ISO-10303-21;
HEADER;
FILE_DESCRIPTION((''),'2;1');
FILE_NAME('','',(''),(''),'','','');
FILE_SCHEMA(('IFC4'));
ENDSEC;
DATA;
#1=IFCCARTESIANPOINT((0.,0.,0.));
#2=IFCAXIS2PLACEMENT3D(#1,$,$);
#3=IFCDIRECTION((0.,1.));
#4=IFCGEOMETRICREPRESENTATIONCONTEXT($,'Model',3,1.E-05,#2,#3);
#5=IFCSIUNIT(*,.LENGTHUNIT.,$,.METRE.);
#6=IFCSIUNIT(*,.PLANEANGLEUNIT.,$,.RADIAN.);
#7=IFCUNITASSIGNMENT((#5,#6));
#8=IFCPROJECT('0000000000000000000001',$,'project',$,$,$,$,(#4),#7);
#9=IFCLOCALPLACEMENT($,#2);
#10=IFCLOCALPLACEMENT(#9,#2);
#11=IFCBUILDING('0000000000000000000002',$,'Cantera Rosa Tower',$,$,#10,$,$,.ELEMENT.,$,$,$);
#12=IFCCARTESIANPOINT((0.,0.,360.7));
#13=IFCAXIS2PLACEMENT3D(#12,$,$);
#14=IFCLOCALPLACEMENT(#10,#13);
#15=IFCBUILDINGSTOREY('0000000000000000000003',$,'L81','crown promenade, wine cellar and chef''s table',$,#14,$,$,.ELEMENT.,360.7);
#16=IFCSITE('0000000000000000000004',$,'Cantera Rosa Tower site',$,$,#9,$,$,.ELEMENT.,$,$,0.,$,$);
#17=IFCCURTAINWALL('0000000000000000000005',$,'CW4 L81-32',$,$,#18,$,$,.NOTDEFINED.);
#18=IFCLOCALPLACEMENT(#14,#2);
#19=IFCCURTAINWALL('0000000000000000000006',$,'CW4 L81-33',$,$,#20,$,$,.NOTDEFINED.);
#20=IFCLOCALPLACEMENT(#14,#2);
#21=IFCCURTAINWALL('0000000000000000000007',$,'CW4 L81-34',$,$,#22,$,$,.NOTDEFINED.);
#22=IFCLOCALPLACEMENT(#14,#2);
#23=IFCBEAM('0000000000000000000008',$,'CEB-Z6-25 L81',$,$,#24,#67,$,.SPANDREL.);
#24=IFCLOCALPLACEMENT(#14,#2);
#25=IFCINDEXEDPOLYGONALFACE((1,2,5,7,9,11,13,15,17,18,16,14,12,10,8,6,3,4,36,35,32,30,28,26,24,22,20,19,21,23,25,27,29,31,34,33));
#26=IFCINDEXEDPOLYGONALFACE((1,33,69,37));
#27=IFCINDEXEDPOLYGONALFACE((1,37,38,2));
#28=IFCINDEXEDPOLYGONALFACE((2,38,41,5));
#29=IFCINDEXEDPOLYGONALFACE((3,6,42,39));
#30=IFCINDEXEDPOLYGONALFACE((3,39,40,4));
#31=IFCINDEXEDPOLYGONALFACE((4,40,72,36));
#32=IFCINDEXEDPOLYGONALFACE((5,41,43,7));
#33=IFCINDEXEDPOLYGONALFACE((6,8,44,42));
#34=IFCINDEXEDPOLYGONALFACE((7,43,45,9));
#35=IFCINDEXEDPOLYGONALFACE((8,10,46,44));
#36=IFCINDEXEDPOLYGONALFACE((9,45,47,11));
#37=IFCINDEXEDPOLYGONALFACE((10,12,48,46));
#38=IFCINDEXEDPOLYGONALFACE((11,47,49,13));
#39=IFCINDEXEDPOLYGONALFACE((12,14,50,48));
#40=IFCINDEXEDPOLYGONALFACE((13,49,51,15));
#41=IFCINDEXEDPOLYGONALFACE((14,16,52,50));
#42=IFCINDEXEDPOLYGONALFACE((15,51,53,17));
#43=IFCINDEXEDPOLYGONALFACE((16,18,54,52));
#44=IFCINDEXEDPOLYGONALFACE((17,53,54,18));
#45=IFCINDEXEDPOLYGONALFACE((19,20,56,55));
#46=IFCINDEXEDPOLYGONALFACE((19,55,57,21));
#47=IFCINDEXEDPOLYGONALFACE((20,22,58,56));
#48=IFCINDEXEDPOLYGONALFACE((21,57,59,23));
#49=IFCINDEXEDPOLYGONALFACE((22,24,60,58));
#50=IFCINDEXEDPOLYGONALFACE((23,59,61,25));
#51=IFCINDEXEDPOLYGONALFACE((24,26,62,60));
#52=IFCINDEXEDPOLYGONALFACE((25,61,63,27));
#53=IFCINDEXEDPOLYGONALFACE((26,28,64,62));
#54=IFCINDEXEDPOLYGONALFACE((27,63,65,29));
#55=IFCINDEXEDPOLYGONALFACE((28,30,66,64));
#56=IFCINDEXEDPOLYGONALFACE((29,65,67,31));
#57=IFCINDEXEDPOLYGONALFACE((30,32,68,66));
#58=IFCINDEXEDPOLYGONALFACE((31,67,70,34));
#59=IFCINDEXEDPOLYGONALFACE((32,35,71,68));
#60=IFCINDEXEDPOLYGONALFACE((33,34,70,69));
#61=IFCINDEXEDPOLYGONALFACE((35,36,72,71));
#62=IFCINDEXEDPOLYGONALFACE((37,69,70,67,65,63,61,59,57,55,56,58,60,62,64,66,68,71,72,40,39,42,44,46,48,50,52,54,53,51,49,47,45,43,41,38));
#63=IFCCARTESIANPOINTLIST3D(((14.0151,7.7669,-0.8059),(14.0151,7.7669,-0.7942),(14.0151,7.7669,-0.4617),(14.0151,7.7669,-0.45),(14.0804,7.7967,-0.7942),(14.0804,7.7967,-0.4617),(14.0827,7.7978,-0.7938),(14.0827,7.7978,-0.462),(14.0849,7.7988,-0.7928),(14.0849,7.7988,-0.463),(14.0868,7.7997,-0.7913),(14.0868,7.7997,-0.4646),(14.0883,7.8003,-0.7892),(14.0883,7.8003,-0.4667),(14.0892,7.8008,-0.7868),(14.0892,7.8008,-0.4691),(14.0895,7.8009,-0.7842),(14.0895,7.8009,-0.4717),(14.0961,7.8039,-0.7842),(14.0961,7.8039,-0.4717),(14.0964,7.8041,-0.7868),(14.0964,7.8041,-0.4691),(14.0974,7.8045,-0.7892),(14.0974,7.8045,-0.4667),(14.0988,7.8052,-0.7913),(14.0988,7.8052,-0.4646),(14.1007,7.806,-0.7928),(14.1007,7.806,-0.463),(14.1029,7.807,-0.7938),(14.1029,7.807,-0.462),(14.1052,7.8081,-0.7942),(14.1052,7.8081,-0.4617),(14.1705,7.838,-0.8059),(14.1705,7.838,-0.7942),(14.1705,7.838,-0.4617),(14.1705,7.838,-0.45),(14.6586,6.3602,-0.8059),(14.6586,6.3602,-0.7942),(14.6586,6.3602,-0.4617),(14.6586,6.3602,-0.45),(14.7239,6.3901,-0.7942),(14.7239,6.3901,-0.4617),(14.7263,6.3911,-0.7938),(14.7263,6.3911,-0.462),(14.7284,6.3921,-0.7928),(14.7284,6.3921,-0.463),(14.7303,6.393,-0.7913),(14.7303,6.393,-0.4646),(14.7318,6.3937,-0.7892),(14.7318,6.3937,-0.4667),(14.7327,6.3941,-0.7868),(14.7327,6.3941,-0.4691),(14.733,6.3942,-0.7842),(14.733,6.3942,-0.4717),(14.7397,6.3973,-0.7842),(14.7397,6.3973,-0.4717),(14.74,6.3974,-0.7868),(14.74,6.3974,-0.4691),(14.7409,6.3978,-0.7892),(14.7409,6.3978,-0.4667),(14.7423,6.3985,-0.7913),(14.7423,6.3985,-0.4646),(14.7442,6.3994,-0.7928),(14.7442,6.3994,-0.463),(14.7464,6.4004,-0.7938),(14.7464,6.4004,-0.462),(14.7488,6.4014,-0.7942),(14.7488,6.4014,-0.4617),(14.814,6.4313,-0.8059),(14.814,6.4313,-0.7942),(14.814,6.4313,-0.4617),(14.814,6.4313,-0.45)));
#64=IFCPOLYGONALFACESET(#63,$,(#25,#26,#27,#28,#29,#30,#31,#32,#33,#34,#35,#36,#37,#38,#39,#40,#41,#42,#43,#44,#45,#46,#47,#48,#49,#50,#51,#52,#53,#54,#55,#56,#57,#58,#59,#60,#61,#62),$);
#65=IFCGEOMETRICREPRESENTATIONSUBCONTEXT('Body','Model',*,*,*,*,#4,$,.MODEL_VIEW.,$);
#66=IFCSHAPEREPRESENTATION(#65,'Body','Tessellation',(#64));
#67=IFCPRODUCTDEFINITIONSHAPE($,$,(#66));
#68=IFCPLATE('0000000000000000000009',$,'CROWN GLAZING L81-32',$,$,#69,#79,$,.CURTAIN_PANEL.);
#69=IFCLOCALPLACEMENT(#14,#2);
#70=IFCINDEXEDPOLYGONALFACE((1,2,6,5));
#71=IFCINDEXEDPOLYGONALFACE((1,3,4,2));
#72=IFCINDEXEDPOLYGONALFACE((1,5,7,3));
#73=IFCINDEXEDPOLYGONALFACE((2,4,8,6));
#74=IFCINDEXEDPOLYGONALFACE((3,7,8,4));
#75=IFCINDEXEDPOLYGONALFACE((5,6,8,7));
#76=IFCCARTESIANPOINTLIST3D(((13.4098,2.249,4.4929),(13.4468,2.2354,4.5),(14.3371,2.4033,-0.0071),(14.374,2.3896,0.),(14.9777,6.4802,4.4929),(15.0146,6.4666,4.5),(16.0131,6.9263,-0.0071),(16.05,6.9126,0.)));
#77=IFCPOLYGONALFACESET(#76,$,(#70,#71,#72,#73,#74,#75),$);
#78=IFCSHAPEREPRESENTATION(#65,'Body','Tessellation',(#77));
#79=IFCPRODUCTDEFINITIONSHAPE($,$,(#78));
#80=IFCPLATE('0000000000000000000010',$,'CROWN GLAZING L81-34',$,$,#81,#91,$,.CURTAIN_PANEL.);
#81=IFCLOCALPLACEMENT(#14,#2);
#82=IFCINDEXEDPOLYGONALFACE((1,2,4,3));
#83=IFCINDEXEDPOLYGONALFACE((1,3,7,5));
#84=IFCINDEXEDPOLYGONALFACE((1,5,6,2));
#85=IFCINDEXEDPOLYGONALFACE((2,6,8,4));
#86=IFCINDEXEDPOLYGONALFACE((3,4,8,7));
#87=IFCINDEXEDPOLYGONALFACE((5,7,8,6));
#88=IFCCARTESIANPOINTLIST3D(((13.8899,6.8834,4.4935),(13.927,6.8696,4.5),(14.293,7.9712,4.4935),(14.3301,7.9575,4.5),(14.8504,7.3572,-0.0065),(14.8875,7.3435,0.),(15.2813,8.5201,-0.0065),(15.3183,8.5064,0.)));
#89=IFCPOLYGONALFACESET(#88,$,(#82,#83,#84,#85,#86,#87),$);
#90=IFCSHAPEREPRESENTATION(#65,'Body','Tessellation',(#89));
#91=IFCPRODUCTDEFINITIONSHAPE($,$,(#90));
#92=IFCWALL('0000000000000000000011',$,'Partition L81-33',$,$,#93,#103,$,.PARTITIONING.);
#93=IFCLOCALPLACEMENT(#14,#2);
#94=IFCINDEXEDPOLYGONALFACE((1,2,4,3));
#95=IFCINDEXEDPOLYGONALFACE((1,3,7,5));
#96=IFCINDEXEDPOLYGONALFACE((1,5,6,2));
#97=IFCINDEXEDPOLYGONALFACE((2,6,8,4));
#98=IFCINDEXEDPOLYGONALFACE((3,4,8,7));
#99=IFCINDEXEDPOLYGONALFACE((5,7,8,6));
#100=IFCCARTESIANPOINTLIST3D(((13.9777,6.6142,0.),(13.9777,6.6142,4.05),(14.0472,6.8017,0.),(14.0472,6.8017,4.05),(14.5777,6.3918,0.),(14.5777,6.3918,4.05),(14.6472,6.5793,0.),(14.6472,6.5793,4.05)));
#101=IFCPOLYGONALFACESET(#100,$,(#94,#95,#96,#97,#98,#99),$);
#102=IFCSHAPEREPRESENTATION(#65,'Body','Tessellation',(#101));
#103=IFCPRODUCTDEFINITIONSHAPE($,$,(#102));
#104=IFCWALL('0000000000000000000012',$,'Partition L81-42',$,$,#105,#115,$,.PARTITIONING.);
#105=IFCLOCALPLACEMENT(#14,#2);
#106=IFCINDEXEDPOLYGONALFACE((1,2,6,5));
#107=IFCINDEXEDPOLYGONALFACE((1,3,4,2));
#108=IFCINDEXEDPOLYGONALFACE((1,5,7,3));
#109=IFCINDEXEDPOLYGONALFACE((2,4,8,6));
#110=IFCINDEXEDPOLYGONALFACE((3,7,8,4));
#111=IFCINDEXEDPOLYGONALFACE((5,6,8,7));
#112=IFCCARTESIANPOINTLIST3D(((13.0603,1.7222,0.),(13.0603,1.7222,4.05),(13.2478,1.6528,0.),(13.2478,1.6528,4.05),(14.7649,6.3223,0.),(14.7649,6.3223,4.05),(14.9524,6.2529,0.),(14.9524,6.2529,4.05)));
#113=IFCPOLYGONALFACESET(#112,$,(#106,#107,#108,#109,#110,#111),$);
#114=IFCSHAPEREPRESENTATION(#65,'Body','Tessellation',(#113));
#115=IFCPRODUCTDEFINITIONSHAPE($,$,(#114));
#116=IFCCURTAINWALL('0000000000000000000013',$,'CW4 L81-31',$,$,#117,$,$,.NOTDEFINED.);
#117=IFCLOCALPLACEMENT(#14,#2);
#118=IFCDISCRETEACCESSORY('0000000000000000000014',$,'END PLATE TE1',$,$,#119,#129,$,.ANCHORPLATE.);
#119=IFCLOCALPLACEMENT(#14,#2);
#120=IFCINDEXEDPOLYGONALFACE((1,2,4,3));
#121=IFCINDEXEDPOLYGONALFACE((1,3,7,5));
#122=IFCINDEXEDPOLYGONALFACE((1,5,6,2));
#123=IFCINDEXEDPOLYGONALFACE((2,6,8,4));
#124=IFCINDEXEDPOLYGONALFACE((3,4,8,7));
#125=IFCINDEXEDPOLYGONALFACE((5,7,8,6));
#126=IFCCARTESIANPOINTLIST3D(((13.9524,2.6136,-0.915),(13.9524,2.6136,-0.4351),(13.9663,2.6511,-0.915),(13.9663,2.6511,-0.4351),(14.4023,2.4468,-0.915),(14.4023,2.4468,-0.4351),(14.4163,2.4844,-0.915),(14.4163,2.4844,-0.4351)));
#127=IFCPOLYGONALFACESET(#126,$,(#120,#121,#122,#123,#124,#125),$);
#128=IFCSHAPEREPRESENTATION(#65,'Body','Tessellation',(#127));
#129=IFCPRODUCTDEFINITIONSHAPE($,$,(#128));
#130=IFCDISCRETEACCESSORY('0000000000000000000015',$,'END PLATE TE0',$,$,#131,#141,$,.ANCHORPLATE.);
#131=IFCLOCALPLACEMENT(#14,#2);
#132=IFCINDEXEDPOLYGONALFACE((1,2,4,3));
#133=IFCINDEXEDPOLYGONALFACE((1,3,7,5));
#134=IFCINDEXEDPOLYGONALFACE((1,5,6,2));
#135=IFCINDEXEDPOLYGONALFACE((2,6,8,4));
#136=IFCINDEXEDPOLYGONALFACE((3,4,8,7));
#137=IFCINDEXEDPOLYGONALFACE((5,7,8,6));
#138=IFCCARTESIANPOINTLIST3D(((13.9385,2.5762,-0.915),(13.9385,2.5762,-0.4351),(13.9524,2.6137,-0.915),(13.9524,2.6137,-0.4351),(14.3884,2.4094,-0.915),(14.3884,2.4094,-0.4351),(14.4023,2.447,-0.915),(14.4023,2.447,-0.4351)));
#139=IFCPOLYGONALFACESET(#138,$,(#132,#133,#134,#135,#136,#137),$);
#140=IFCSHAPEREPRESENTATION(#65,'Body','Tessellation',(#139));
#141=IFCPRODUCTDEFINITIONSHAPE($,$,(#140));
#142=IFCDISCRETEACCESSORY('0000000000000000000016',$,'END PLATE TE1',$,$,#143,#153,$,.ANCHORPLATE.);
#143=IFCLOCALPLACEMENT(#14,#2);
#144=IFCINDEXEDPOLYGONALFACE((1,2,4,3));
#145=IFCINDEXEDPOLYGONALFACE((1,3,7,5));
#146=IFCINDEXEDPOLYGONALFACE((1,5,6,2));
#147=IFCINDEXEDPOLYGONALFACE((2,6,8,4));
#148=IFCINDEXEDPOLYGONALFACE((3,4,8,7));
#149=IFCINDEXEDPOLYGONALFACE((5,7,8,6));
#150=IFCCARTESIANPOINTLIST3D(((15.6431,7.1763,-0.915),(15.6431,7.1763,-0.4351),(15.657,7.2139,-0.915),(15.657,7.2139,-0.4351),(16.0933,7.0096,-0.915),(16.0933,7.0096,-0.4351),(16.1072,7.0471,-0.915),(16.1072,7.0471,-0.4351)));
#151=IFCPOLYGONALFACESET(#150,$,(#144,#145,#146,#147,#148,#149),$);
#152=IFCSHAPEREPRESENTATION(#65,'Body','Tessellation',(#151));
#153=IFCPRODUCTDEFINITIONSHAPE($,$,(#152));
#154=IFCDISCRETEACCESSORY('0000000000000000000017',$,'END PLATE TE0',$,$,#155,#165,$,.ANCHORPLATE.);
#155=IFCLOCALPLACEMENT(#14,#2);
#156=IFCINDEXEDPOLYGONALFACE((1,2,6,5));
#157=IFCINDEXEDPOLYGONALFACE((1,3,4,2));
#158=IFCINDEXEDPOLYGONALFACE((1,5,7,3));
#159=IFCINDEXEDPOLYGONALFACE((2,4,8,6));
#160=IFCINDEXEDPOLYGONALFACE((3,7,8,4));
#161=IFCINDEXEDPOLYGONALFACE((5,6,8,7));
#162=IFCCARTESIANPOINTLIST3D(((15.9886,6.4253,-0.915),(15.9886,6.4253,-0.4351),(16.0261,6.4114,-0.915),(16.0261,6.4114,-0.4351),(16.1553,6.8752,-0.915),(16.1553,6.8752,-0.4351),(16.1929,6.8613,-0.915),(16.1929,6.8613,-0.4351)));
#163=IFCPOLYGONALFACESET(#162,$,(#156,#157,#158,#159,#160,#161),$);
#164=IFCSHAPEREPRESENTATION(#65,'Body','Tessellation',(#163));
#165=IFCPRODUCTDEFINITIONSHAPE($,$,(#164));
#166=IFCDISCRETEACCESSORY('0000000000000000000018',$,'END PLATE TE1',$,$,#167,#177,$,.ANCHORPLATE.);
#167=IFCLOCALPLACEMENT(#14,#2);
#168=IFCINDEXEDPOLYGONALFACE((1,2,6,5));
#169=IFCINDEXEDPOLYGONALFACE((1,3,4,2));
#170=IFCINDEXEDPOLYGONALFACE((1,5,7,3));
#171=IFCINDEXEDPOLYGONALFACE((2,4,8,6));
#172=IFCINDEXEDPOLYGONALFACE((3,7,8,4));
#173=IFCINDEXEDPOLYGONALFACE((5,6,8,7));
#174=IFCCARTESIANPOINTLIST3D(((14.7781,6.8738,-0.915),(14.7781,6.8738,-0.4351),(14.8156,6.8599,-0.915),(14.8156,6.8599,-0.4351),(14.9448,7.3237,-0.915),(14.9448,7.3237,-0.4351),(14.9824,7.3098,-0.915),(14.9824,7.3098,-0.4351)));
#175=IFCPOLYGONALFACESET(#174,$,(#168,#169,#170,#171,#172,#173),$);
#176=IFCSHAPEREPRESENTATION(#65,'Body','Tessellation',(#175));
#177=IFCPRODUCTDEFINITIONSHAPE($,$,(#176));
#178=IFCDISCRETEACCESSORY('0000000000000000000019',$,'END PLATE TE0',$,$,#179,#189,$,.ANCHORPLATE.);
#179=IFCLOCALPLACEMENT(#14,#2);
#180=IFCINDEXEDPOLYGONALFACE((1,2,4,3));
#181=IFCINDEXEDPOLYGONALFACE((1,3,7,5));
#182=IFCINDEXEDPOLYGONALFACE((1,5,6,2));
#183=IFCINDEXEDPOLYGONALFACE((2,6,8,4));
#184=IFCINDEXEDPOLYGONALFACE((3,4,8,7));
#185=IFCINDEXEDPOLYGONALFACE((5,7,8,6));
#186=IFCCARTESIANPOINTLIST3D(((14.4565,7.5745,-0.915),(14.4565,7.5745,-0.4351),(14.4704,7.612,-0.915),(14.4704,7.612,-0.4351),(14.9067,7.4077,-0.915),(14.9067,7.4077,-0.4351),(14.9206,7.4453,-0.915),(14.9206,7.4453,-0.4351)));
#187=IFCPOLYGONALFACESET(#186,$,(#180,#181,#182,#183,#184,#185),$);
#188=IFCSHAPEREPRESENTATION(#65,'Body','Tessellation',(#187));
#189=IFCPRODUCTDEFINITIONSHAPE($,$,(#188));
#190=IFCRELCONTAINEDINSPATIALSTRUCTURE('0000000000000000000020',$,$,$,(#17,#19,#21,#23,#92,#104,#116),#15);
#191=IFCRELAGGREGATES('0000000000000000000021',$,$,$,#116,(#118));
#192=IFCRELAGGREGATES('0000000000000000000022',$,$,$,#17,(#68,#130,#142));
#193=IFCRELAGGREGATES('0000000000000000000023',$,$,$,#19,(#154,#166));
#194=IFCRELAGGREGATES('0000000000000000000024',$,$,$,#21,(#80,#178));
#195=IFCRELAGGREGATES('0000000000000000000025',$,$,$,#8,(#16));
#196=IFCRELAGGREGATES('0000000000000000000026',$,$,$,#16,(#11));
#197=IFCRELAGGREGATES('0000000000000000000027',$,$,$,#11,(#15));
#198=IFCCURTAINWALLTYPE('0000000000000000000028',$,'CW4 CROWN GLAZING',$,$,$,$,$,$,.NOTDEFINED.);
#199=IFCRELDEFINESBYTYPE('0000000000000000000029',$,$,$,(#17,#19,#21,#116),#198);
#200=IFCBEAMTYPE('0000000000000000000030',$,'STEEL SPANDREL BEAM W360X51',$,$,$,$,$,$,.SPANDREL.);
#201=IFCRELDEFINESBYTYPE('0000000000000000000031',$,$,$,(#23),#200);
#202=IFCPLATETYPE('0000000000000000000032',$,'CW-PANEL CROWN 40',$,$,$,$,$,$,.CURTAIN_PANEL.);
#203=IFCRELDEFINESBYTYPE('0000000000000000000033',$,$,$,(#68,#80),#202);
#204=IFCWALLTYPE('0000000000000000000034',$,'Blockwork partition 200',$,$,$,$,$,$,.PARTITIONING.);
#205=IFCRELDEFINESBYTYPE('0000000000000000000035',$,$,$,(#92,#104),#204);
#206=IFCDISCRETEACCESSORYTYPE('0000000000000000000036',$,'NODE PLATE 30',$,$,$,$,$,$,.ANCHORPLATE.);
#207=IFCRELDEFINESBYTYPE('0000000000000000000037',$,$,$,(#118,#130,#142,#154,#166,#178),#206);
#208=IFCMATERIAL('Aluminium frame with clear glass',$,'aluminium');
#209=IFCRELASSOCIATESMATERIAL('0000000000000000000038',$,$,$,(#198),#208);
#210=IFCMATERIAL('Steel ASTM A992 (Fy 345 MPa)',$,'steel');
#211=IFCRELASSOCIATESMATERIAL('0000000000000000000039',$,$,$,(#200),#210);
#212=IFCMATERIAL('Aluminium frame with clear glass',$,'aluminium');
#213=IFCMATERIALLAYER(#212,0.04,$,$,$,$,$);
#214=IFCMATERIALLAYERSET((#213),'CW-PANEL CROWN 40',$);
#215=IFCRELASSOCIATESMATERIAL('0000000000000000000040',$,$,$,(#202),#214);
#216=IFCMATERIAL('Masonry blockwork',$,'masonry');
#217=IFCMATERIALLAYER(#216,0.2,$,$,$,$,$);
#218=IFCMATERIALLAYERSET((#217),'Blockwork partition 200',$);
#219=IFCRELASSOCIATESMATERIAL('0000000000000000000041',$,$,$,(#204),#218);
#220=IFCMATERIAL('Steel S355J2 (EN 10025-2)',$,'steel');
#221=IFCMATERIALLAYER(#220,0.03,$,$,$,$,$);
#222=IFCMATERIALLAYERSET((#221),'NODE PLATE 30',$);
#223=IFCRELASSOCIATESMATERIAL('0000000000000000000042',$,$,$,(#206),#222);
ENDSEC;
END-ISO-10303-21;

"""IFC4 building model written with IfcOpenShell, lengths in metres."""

from ifc_helpers import new_model, si_unit, direction, frame, frame_2d, origin, origin_2d, place, context, subcontext, project, spatial, polyline, rectangle, i_section, outline, extrude, material, layer, layer_set, material_profile, profile_set, type_object, element, aggregate, save


model = new_model("IFC4")

# Units and contexts
model_context = context("Model", 3, precision=1e-05, world=origin(), true_north=direction((0.0, 1.0)))
body_context = subcontext(model_context, "Body", "Model", "MODEL_VIEW")
ifc_project = project(units=[si_unit("LENGTHUNIT", "METRE"), si_unit("PLANEANGLEUNIT", "RADIAN")], contexts=[model_context])

# Site, building, storey
site_placement = place(None, origin())
site = spatial("IfcSite", under=ifc_project, at=site_placement, Name="Cantera Rosa Tower site", CompositionType="ELEMENT", RefElevation=0.0)
building_placement = place(site_placement, origin())
building = spatial("IfcBuilding", under=site, at=building_placement, Name="Cantera Rosa Tower", CompositionType="ELEMENT")
storey_placement = place(building_placement, frame((0.0, 0.0, 360.7)))
storey = spatial("IfcBuildingStorey", under=building, at=storey_placement, Name="L81", Description="crown promenade, wine cellar and chef's table", CompositionType="ELEMENT", Elevation=360.7)

# Curtain walls
ifc_material_1 = material(Name="Aluminium frame with clear glass", Category="aluminium")
curtain_wall_type = type_object("IfcCurtainWallType", Name="CW4 CROWN GLAZING", PredefinedType="NOTDEFINED", material=ifc_material_1)
curtain_wall_1_placement = place(storey_placement, origin())
curtain_wall_1 = element("IfcCurtainWall", 1, at=curtain_wall_1_placement, inside=storey, type_object=curtain_wall_type, Name="CW4 L81-32", PredefinedType="NOTDEFINED")
curtain_wall_2_placement = place(storey_placement, origin())
curtain_wall_2 = element("IfcCurtainWall", 2, at=curtain_wall_2_placement, inside=storey, type_object=curtain_wall_type, Name="CW4 L81-33", PredefinedType="NOTDEFINED")
curtain_wall_3_placement = place(storey_placement, origin())
curtain_wall_3 = element("IfcCurtainWall", 3, at=curtain_wall_3_placement, inside=storey, type_object=curtain_wall_type, Name="CW4 L81-34", PredefinedType="NOTDEFINED")

# Beam
ifc_material_2 = material(Name="Steel ASTM A992 (Fy 345 MPa)", Category="steel")
ifc_material_profile_1 = material_profile(ifc_material_2, i_section(OverallWidth=0.1709, OverallDepth=0.356, WebThickness=0.0073, FlangeThickness=0.0117, FilletRadius=0.01, at=origin_2d()), Name="W360X51")
ifc_profile_set_1 = profile_set([ifc_material_profile_1], Name="Steel ASTM A992 (Fy 345 MPa)")
beam_type_1 = type_object("IfcBeamType", Name="STEEL SPANDREL BEAM W360X51", PredefinedType="SPANDREL", material=ifc_profile_set_1)
beam_1_placement = place(storey_placement, frame((14.7363, 6.3958, -0.6279), z_axis=(-0.416013, 0.909358, 0.0), x_axis=(-0.909358, -0.416013, 0.0)))
element("IfcBeam", 4, at=beam_1_placement, inside=storey, type_object=beam_type_1, Name="CEB-Z6-25 L81", PredefinedType="SPANDREL", context=body_context, shape_type="SweptSolid", body=[
    extrude(i_section(OverallWidth=0.1709, OverallDepth=0.356, WebThickness=0.0073, FlangeThickness=0.0117, FilletRadius=0.01, at=origin_2d()), origin(), (0.0, 0.0, 1.0), 1.5469),
])

# Plates
ifc_material_3 = material(Name="Aluminium frame with clear glass", Category="aluminium")
ifc_layer_1 = layer(ifc_material_3, 0.04)
ifc_layer_set_1 = layer_set([ifc_layer_1], Name="CW-PANEL CROWN 40")
plate_type = type_object("IfcPlateType", Name="CW-PANEL CROWN 40", PredefinedType="CURTAIN_PANEL", material=ifc_layer_set_1)
plate_1_placement = place(storey_placement, frame((14.374, 2.3896, 0.0), z_axis=(0.92265, -0.341893, 0.178398), x_axis=(0.347467, 0.937692, -0.000001)))
plate_1 = element("IfcPlate", 5, at=plate_1_placement, type_object=plate_type, Name="CROWN GLAZING L81-32", PredefinedType="CURTAIN_PANEL", context=body_context, shape_type="SweptSolid", body=[
    extrude(outline(polyline([(0.0, 0.0), (4.8235, 0.0), (4.0455, 4.5734), (-0.4669, 4.5734), (0.0, 0.0)])), origin(), (0.0, 0.0, -1.0), 0.04),
])
plate_2_placement = place(storey_placement, frame((14.8875, 7.3435, 0.0), z_axis=(0.925402, -0.342898, 0.161408), x_axis=(0.347454, 0.937697, -0.000004)))
plate_2 = element("IfcPlate", 6, at=plate_2_placement, type_object=plate_type, Name="CROWN GLAZING L81-34", PredefinedType="CURTAIN_PANEL", context=body_context, shape_type="SweptSolid", body=[
    extrude(outline(polyline([(0.0, 0.0), (1.2401, 0.0), (0.3821, 4.5598), (-0.7781, 4.5598), (0.0, 0.0)])), origin(), (0.0, 0.0, -1.0), 0.04),
])

# Walls
ifc_material_4 = material(Name="Masonry blockwork", Category="masonry")
ifc_layer_2 = layer(ifc_material_4, 0.2)
ifc_layer_set_2 = layer_set([ifc_layer_2], Name="Blockwork partition 200")
wall_type = type_object("IfcWallType", Name="Blockwork partition 200", PredefinedType="PARTITIONING", material=ifc_layer_set_2)
wall_1_placement = place(storey_placement, frame((14.6123, 6.4856, 0.0), z_axis=(0.0, 0.0, 1.0), x_axis=(-0.937671, 0.347526, 0.0)))
element("IfcWall", 7, at=wall_1_placement, inside=storey, type_object=wall_type, Name="Partition L81-33", PredefinedType="PARTITIONING", context=body_context, shape_type="SweptSolid", body=[
    extrude(rectangle(XDim=0.6399, YDim=0.2, at=frame_2d((0.3198, 0.0))), origin(), (0.0, 0.0, 1.0), 4.05),
])
wall_2_placement = place(storey_placement, frame((13.1541, 1.6875, 0.0), z_axis=(0.0, 0.0, 1.0), x_axis=(0.347467, 0.937692, 0.0)))
element("IfcWall", 8, at=wall_2_placement, inside=storey, type_object=wall_type, Name="Partition L81-42", PredefinedType="PARTITIONING", context=body_context, shape_type="SweptSolid", body=[
    extrude(rectangle(XDim=4.9058, YDim=0.2, at=frame_2d((2.4529, 0.0))), origin(), (0.0, 0.0, 1.0), 4.05),
])

# Curtain wall, discrete accessory
curtain_wall_4_placement = place(storey_placement, origin())
curtain_wall_4 = element("IfcCurtainWall", 9, at=curtain_wall_4_placement, inside=storey, type_object=curtain_wall_type, Name="CW4 L81-31", PredefinedType="NOTDEFINED")
ifc_material_5 = material(Name="Steel S355J2 (EN 10025-2)", Category="steel")
ifc_layer_3 = layer(ifc_material_5, 0.03)
ifc_layer_set_3 = layer_set([ifc_layer_3], Name="NODE PLATE 30")
discrete_accessory_type = type_object("IfcDiscreteAccessoryType", Name="NODE PLATE 30", PredefinedType="ANCHORPLATE", material=ifc_layer_set_3)
discrete_accessory_1_placement = place(storey_placement, frame((13.9663, 2.6511, -0.4351), z_axis=(0.347497, 0.937681, 0.0), x_axis=(0.937681, -0.347497, 0.0)))
discrete_accessory_1 = element("IfcDiscreteAccessory", 10, at=discrete_accessory_1_placement, type_object=discrete_accessory_type, Name="END PLATE TE1", PredefinedType="ANCHORPLATE", context=body_context, shape_type="SweptSolid", body=[
    extrude(outline(polyline([(0.0, 0.0), (0.4799, 0.0), (0.4799, 0.48), (0.0, 0.48), (0.0, 0.0)])), origin(), (0.0, 0.0, -1.0), 0.04),
])
aggregate(curtain_wall_4, [discrete_accessory_1])

# Discrete accessories
discrete_accessory_2_placement = place(storey_placement, frame((14.3884, 2.4094, -0.4351), z_axis=(-0.347497, -0.937681, 0.0), x_axis=(-0.937681, 0.347497, 0.0)))
discrete_accessory_2 = element("IfcDiscreteAccessory", 11, at=discrete_accessory_2_placement, type_object=discrete_accessory_type, Name="END PLATE TE0", PredefinedType="ANCHORPLATE", context=body_context, shape_type="SweptSolid", body=[
    extrude(outline(polyline([(0.0, 0.0), (0.4799, 0.0), (0.4799, 0.48), (0.0, 0.48), (0.0, 0.0)])), origin(), (0.0, 0.0, -1.0), 0.04),
])
discrete_accessory_3_placement = place(storey_placement, frame((15.657, 7.2139, -0.4351), z_axis=(0.347331, 0.937743, 0.0), x_axis=(0.937743, -0.347331, 0.0)))
discrete_accessory_3 = element("IfcDiscreteAccessory", 12, at=discrete_accessory_3_placement, type_object=discrete_accessory_type, Name="END PLATE TE1", PredefinedType="ANCHORPLATE", context=body_context, shape_type="SweptSolid", body=[
    extrude(outline(polyline([(0.0, 0.0), (0.4801, 0.0), (0.4801, 0.48), (0.0, 0.48), (0.0, 0.0)])), origin(), (0.0, 0.0, -1.0), 0.04),
])
aggregate(curtain_wall_1, [plate_1, discrete_accessory_2, discrete_accessory_3])
discrete_accessory_4_placement = place(storey_placement, frame((16.1929, 6.8613, -0.4351), z_axis=(0.937681, -0.347497, 0.0), x_axis=(-0.347497, -0.937681, 0.0)))
discrete_accessory_4 = element("IfcDiscreteAccessory", 13, at=discrete_accessory_4_placement, type_object=discrete_accessory_type, Name="END PLATE TE0", PredefinedType="ANCHORPLATE", context=body_context, shape_type="SweptSolid", body=[
    extrude(outline(polyline([(0.0, 0.0), (0.4799, 0.0), (0.4799, 0.48), (0.0, 0.48), (0.0, 0.0)])), origin(), (0.0, 0.0, -1.0), 0.04),
])
discrete_accessory_5_placement = place(storey_placement, frame((14.7781, 6.8738, -0.4351), z_axis=(-0.937681, 0.347497, 0.0), x_axis=(0.347497, 0.937681, 0.0)))
discrete_accessory_5 = element("IfcDiscreteAccessory", 14, at=discrete_accessory_5_placement, type_object=discrete_accessory_type, Name="END PLATE TE1", PredefinedType="ANCHORPLATE", context=body_context, shape_type="SweptSolid", body=[
    extrude(outline(polyline([(0.0, 0.0), (0.4799, 0.0), (0.4799, 0.48), (0.0, 0.48), (0.0, 0.0)])), origin(), (0.0, 0.0, -1.0), 0.04),
])
aggregate(curtain_wall_2, [discrete_accessory_4, discrete_accessory_5])
discrete_accessory_6_placement = place(storey_placement, frame((14.9067, 7.4077, -0.4351), z_axis=(-0.347331, -0.937743, 0.0), x_axis=(-0.937743, 0.347331, 0.0)))
discrete_accessory_6 = element("IfcDiscreteAccessory", 15, at=discrete_accessory_6_placement, type_object=discrete_accessory_type, Name="END PLATE TE0", PredefinedType="ANCHORPLATE", context=body_context, shape_type="SweptSolid", body=[
    extrude(outline(polyline([(0.0, 0.0), (0.4801, 0.0), (0.4801, 0.48), (0.0, 0.48), (0.0, 0.0)])), origin(), (0.0, 0.0, -1.0), 0.04),
])
aggregate(curtain_wall_3, [plate_2, discrete_accessory_6])

save(model, "model.ifc")
